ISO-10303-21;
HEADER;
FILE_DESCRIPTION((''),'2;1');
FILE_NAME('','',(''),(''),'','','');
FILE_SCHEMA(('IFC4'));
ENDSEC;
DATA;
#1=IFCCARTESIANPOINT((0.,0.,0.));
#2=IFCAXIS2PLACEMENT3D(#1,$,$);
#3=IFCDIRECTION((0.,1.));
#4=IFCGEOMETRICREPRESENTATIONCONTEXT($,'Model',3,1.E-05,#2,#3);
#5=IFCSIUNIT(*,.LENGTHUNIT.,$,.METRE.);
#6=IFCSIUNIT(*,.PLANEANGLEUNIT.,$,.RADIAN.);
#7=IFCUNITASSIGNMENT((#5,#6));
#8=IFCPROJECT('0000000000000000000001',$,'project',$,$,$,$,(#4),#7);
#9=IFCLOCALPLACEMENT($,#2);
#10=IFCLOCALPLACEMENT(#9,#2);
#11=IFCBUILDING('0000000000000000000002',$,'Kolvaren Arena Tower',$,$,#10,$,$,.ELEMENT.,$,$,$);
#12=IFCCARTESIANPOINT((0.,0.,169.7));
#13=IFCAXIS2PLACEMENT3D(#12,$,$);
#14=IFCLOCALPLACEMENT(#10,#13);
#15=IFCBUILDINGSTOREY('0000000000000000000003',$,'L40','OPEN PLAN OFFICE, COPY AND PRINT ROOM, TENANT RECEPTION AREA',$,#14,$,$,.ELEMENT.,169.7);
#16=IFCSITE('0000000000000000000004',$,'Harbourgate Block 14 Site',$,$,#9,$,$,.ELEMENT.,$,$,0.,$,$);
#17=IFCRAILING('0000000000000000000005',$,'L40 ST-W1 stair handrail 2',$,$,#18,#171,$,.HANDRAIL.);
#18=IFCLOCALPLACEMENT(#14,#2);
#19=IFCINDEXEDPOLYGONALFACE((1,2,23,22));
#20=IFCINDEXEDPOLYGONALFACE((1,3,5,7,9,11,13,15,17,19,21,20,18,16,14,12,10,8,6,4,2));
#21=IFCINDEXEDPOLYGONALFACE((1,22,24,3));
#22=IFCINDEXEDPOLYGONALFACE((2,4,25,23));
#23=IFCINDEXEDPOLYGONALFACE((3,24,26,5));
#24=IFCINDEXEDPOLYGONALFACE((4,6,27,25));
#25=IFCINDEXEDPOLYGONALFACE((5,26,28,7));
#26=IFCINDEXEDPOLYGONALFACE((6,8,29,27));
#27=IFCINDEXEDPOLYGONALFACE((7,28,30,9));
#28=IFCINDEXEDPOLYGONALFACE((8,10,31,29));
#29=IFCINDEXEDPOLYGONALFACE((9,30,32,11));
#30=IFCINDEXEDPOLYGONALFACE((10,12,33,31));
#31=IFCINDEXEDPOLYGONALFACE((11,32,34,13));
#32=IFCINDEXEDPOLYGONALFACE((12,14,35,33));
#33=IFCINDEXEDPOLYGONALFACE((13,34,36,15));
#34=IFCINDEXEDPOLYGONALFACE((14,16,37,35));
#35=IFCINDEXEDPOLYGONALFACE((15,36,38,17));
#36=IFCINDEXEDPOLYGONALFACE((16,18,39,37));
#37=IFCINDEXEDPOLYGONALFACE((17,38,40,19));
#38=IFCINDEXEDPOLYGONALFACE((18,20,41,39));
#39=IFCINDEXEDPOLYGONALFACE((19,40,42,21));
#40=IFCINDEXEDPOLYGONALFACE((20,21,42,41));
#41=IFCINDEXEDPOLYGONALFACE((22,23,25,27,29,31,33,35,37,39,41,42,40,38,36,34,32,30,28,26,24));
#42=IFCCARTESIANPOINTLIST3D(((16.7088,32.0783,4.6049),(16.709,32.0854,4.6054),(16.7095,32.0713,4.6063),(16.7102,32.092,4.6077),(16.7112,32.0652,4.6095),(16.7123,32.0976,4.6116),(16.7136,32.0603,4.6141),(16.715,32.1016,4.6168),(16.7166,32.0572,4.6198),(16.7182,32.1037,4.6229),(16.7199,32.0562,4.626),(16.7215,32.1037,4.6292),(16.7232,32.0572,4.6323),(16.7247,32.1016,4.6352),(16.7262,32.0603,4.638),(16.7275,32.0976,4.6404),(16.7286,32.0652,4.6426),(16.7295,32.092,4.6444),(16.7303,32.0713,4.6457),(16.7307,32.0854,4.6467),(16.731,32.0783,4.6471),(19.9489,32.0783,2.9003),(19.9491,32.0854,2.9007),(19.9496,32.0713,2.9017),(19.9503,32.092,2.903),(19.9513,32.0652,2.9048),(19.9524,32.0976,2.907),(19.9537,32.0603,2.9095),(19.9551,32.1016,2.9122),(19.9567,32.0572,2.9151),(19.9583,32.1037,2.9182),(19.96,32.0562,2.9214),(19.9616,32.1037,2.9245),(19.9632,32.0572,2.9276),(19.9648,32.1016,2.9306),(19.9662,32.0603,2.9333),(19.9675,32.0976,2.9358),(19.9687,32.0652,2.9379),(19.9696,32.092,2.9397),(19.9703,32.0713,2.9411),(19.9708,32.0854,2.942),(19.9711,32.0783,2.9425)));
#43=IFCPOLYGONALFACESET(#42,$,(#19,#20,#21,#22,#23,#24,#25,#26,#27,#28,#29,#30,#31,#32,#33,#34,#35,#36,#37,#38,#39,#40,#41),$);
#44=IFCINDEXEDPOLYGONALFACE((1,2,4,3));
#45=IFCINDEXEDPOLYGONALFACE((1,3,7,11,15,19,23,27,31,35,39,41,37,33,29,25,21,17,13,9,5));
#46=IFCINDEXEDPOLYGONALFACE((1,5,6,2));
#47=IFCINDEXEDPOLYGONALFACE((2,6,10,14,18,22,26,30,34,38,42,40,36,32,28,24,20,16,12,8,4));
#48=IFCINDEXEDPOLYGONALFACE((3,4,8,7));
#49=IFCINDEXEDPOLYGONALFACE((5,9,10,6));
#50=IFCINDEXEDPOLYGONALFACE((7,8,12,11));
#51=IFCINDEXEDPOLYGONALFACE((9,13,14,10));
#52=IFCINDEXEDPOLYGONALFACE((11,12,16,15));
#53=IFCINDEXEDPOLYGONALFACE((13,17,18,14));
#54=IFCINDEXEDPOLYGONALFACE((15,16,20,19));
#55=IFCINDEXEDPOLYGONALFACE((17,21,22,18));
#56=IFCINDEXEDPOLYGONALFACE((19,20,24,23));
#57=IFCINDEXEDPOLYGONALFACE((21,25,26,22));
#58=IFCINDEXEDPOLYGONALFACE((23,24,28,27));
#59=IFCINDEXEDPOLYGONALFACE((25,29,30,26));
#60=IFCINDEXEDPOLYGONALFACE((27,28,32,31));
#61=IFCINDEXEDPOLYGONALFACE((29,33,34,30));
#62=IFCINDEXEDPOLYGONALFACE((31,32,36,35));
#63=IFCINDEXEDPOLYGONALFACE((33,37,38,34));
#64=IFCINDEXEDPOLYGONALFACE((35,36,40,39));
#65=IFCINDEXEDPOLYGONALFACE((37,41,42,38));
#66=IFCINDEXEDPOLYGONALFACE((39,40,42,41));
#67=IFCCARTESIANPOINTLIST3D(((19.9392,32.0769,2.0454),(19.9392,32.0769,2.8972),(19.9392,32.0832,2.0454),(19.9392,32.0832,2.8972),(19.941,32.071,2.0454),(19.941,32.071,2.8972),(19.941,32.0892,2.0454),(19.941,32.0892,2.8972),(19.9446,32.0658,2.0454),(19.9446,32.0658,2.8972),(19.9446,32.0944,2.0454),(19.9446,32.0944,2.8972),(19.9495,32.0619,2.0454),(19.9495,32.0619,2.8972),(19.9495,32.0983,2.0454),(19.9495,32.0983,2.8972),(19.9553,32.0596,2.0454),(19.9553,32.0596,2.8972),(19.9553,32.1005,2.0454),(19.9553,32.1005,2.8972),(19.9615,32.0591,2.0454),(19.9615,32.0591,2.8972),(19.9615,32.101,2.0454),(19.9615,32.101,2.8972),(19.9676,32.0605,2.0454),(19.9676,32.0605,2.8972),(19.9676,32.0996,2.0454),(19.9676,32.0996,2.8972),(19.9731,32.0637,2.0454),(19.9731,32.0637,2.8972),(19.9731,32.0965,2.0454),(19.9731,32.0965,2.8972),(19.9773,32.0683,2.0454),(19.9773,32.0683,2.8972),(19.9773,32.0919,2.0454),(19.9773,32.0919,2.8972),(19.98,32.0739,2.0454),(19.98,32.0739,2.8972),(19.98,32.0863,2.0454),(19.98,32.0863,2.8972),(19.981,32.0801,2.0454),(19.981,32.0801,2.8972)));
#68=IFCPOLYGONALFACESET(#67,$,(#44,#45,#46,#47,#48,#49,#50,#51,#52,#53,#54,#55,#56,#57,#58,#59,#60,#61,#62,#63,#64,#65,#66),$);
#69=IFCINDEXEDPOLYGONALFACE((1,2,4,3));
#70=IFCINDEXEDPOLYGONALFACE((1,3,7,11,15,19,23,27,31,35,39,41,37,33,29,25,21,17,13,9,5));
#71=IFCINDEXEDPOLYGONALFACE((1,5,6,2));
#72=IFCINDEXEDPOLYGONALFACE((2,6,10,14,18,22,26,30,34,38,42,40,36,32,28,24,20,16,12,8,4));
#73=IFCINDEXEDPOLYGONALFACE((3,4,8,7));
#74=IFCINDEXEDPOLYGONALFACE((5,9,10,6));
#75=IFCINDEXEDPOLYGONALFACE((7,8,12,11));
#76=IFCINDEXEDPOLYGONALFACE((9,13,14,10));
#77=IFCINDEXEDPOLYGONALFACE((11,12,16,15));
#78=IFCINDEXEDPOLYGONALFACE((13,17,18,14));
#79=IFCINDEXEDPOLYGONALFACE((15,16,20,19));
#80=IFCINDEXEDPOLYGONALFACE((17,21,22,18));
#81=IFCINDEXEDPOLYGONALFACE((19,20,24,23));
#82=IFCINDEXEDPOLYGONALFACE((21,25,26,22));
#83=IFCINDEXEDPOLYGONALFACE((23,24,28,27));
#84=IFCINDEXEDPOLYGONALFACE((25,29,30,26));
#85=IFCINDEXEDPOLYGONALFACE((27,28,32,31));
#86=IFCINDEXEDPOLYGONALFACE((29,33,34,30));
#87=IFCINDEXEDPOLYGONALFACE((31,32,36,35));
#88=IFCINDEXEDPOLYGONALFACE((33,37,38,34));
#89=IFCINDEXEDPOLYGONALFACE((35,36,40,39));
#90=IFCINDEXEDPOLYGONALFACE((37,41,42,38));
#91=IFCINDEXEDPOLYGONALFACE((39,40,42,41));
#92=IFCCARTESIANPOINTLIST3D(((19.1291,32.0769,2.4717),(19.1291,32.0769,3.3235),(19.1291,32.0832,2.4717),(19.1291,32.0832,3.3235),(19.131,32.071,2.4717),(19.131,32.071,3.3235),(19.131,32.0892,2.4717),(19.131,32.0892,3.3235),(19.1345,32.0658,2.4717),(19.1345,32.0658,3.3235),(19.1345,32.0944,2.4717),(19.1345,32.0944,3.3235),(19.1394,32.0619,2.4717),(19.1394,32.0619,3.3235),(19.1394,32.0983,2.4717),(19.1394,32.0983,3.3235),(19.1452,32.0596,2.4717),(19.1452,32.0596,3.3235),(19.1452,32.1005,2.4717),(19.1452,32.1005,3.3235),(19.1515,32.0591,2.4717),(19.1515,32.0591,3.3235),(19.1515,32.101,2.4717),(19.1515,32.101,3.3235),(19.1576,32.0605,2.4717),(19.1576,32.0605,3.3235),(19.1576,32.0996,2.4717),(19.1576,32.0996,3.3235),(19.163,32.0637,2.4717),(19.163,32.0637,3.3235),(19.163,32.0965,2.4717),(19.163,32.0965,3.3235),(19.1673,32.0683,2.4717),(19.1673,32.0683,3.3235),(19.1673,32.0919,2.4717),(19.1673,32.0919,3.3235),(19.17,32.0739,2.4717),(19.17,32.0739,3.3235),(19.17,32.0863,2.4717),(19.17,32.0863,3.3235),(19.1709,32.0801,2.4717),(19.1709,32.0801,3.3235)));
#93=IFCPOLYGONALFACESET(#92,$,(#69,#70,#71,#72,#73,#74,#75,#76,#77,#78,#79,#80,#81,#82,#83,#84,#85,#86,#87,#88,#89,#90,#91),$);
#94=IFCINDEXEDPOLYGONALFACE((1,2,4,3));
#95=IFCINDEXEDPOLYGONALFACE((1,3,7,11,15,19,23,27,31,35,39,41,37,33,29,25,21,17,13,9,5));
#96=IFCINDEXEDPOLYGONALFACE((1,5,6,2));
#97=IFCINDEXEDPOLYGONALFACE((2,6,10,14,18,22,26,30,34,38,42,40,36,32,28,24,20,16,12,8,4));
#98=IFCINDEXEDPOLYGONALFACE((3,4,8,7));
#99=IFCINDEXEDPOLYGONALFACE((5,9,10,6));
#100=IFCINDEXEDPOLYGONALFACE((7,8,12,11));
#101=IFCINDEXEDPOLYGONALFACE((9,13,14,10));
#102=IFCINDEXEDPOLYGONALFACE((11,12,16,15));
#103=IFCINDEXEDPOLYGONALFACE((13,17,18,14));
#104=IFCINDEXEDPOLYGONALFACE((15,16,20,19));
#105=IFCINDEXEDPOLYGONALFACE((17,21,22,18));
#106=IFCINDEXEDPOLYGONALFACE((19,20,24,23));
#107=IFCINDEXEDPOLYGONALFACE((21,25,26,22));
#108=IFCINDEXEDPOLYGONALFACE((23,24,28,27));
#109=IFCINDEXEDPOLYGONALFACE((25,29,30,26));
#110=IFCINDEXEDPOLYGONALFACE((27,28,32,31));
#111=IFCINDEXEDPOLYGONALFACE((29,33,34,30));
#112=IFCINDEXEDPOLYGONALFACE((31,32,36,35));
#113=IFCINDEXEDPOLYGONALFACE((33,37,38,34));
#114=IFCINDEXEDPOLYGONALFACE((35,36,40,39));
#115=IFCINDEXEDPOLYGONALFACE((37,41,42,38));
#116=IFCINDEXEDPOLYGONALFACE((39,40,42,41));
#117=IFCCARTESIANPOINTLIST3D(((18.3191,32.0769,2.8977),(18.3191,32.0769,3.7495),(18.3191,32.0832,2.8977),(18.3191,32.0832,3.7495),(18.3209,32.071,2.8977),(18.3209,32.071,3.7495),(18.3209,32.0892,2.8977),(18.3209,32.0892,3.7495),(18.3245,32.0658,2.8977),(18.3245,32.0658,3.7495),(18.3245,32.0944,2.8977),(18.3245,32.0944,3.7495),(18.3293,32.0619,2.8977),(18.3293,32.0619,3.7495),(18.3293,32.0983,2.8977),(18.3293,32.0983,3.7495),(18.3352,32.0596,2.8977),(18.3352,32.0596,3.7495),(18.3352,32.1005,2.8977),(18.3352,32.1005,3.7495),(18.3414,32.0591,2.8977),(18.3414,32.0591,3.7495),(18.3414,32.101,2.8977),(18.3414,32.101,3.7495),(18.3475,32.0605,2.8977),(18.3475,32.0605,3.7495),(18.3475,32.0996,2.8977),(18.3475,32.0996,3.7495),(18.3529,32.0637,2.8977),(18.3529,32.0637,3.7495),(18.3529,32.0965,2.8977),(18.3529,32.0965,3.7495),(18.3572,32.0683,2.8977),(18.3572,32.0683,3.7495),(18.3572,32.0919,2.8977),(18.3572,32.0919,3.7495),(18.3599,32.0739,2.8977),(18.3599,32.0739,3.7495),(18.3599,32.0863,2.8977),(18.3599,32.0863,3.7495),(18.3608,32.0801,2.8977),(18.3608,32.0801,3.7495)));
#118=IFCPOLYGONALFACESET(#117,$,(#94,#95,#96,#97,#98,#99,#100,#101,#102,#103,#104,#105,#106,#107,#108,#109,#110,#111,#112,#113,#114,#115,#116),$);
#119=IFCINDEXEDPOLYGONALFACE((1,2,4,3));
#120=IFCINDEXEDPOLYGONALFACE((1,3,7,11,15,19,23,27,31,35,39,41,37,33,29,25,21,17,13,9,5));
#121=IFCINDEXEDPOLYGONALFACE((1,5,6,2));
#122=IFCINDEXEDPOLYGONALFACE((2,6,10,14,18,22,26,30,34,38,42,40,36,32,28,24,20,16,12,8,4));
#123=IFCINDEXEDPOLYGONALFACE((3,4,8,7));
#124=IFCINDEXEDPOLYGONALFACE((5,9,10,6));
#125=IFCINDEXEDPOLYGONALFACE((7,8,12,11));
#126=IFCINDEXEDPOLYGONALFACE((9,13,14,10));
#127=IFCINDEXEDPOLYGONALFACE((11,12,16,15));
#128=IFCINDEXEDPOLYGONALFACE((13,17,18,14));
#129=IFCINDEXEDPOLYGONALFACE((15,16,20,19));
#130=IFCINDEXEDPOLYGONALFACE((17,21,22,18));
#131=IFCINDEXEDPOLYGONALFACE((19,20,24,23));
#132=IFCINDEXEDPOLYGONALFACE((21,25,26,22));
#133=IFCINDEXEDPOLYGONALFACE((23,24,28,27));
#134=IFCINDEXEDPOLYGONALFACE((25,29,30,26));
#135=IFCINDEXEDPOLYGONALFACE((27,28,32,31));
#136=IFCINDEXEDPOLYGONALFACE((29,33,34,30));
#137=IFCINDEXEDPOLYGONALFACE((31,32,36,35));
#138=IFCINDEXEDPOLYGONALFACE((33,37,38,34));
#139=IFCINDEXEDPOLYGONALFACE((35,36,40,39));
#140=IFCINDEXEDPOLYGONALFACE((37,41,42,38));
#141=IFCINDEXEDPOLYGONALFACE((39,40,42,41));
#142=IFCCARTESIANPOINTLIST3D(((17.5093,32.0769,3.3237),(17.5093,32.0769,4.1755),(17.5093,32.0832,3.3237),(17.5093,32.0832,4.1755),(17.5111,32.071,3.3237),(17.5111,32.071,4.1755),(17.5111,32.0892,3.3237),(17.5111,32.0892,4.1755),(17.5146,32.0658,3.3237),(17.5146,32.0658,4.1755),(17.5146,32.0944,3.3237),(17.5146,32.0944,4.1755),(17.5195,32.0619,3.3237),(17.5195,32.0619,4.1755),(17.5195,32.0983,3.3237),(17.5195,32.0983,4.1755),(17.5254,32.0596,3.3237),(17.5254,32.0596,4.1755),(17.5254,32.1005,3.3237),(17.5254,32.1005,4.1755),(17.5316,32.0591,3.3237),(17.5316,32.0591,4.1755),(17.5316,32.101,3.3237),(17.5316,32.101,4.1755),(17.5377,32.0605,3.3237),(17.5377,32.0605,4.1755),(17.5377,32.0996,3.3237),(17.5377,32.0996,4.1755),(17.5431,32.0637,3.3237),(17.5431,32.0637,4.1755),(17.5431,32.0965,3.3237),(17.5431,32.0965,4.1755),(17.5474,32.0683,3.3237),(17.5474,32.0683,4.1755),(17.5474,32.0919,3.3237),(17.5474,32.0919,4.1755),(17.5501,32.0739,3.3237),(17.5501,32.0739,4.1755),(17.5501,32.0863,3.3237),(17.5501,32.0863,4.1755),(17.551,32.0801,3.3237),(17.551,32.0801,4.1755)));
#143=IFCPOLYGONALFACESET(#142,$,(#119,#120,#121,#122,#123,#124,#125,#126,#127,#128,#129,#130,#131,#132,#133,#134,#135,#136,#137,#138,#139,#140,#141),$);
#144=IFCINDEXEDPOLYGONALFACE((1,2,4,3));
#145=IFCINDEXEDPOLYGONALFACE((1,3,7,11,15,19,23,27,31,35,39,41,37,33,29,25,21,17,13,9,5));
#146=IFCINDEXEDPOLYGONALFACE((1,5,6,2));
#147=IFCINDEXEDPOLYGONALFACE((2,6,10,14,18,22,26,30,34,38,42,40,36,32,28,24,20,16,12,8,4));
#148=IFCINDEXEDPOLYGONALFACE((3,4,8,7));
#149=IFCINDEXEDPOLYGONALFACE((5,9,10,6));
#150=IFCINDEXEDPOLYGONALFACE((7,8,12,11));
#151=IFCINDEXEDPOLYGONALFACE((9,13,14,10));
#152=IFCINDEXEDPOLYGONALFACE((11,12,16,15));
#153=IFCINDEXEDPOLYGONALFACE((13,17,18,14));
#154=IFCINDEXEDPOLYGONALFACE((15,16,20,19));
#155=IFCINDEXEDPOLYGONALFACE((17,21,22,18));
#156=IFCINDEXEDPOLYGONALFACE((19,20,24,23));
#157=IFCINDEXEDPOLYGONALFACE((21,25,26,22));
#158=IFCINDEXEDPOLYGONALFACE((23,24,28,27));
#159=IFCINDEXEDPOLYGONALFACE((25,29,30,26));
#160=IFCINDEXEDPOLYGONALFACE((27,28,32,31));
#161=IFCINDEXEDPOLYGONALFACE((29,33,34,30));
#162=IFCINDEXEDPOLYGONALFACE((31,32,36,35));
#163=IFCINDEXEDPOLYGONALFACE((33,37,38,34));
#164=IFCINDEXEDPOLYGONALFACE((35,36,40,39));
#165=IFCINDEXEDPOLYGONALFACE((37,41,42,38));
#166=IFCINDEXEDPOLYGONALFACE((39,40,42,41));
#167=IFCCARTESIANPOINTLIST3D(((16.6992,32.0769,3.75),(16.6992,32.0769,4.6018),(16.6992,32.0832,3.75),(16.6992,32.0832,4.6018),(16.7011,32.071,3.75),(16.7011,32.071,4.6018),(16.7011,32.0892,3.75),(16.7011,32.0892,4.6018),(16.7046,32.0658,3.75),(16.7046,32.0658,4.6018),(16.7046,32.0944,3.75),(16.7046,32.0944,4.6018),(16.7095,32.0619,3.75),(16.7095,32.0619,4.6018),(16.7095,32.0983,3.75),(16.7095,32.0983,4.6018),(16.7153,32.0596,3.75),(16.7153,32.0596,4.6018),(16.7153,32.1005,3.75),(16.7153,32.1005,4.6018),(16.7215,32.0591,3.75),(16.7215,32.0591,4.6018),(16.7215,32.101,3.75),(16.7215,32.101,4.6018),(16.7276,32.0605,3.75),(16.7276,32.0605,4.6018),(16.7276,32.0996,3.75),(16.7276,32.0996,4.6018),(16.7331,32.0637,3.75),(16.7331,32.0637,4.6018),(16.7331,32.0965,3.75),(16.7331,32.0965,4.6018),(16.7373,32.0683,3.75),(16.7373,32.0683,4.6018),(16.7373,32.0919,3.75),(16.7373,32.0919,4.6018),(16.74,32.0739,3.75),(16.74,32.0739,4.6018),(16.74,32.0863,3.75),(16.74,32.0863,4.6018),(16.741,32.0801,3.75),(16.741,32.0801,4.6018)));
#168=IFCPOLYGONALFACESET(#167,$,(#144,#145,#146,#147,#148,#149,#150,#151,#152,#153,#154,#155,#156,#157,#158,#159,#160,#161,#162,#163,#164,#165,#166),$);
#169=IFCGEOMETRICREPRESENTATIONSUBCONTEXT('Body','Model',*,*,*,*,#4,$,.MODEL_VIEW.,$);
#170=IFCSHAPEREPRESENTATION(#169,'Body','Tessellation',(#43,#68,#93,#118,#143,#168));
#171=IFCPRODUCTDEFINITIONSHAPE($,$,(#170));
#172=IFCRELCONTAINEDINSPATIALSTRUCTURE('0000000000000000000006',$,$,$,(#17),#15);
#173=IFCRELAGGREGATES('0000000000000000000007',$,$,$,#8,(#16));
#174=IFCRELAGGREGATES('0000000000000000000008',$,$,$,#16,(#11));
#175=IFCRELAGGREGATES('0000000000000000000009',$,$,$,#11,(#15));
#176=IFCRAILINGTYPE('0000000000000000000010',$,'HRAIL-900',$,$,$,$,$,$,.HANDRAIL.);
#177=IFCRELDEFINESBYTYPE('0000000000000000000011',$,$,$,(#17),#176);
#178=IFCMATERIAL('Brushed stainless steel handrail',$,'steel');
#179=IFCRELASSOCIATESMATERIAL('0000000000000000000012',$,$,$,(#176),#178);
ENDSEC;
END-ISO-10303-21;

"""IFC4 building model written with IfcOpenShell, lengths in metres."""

from ifc_helpers import new_model, si_unit, direction, frame, origin, origin_2d, place, context, subcontext, project, spatial, circle, extrude, material, type_object, element, save


model = new_model("IFC4")

# Units and contexts
model_context = context("Model", 3, precision=1e-05, world=origin(), true_north=direction((0.0, 1.0)))
body_context = subcontext(model_context, "Body", "Model", "MODEL_VIEW")
ifc_project = project(units=[si_unit("LENGTHUNIT", "METRE"), si_unit("PLANEANGLEUNIT", "RADIAN")], contexts=[model_context])

# Site, building, storey
site_placement = place(None, origin())
site = spatial("IfcSite", under=ifc_project, at=site_placement, Name="Harbourgate Block 14 Site", CompositionType="ELEMENT", RefElevation=0.0)
building_placement = place(site_placement, origin())
building = spatial("IfcBuilding", under=site, at=building_placement, Name="Kolvaren Arena Tower", CompositionType="ELEMENT")
storey_placement = place(building_placement, frame((0.0, 0.0, 169.7)))
storey = spatial("IfcBuildingStorey", under=building, at=storey_placement, Name="L40", Description="OPEN PLAN OFFICE, COPY AND PRINT ROOM, TENANT RECEPTION AREA", CompositionType="ELEMENT", Elevation=169.7)

# Railing
ifc_material_1 = material(Name="Brushed stainless steel handrail", Category="steel")
railing_type_1 = type_object("IfcRailingType", Name="HRAIL-900", PredefinedType="HANDRAIL", material=ifc_material_1)
railing_1_placement = place(storey_placement, frame((19.96, 32.0801, 2.0454)))
element("IfcRailing", 1, at=railing_1_placement, inside=storey, type_object=railing_type_1, Name="L40 ST-W1 stair handrail 2", PredefinedType="HANDRAIL", context=body_context, shape_type="SweptSolid", body=[
    extrude(circle(Radius=0.0239, at=origin_2d()), frame((0.0, 0.0, 0.876), z_axis=(-0.884993, 0.0, 0.465604), x_axis=(0.0, -1.0, 0.0)), (0.0, 0.0, 1.0), 3.6611),
    extrude(circle(Radius=0.021, at=origin_2d()), origin(), (0.0, 0.0, 1.0), 0.8518),
    extrude(circle(Radius=0.021, at=origin_2d()), frame((-0.8101, 0.0, 0.4263)), (0.0, 0.0, 1.0), 0.8518),
    extrude(circle(Radius=0.021, at=origin_2d()), frame((-1.6201, 0.0, 0.8523)), (0.0, 0.0, 1.0), 0.8518),
    extrude(circle(Radius=0.021, at=origin_2d()), frame((-2.4299, 0.0, 1.2783)), (0.0, 0.0, 1.0), 0.8518),
    extrude(circle(Radius=0.021, at=origin_2d()), frame((-3.24, 0.0, 1.7046)), (0.0, 0.0, 1.0), 0.8518),
])

save(model, "model.ifc")
